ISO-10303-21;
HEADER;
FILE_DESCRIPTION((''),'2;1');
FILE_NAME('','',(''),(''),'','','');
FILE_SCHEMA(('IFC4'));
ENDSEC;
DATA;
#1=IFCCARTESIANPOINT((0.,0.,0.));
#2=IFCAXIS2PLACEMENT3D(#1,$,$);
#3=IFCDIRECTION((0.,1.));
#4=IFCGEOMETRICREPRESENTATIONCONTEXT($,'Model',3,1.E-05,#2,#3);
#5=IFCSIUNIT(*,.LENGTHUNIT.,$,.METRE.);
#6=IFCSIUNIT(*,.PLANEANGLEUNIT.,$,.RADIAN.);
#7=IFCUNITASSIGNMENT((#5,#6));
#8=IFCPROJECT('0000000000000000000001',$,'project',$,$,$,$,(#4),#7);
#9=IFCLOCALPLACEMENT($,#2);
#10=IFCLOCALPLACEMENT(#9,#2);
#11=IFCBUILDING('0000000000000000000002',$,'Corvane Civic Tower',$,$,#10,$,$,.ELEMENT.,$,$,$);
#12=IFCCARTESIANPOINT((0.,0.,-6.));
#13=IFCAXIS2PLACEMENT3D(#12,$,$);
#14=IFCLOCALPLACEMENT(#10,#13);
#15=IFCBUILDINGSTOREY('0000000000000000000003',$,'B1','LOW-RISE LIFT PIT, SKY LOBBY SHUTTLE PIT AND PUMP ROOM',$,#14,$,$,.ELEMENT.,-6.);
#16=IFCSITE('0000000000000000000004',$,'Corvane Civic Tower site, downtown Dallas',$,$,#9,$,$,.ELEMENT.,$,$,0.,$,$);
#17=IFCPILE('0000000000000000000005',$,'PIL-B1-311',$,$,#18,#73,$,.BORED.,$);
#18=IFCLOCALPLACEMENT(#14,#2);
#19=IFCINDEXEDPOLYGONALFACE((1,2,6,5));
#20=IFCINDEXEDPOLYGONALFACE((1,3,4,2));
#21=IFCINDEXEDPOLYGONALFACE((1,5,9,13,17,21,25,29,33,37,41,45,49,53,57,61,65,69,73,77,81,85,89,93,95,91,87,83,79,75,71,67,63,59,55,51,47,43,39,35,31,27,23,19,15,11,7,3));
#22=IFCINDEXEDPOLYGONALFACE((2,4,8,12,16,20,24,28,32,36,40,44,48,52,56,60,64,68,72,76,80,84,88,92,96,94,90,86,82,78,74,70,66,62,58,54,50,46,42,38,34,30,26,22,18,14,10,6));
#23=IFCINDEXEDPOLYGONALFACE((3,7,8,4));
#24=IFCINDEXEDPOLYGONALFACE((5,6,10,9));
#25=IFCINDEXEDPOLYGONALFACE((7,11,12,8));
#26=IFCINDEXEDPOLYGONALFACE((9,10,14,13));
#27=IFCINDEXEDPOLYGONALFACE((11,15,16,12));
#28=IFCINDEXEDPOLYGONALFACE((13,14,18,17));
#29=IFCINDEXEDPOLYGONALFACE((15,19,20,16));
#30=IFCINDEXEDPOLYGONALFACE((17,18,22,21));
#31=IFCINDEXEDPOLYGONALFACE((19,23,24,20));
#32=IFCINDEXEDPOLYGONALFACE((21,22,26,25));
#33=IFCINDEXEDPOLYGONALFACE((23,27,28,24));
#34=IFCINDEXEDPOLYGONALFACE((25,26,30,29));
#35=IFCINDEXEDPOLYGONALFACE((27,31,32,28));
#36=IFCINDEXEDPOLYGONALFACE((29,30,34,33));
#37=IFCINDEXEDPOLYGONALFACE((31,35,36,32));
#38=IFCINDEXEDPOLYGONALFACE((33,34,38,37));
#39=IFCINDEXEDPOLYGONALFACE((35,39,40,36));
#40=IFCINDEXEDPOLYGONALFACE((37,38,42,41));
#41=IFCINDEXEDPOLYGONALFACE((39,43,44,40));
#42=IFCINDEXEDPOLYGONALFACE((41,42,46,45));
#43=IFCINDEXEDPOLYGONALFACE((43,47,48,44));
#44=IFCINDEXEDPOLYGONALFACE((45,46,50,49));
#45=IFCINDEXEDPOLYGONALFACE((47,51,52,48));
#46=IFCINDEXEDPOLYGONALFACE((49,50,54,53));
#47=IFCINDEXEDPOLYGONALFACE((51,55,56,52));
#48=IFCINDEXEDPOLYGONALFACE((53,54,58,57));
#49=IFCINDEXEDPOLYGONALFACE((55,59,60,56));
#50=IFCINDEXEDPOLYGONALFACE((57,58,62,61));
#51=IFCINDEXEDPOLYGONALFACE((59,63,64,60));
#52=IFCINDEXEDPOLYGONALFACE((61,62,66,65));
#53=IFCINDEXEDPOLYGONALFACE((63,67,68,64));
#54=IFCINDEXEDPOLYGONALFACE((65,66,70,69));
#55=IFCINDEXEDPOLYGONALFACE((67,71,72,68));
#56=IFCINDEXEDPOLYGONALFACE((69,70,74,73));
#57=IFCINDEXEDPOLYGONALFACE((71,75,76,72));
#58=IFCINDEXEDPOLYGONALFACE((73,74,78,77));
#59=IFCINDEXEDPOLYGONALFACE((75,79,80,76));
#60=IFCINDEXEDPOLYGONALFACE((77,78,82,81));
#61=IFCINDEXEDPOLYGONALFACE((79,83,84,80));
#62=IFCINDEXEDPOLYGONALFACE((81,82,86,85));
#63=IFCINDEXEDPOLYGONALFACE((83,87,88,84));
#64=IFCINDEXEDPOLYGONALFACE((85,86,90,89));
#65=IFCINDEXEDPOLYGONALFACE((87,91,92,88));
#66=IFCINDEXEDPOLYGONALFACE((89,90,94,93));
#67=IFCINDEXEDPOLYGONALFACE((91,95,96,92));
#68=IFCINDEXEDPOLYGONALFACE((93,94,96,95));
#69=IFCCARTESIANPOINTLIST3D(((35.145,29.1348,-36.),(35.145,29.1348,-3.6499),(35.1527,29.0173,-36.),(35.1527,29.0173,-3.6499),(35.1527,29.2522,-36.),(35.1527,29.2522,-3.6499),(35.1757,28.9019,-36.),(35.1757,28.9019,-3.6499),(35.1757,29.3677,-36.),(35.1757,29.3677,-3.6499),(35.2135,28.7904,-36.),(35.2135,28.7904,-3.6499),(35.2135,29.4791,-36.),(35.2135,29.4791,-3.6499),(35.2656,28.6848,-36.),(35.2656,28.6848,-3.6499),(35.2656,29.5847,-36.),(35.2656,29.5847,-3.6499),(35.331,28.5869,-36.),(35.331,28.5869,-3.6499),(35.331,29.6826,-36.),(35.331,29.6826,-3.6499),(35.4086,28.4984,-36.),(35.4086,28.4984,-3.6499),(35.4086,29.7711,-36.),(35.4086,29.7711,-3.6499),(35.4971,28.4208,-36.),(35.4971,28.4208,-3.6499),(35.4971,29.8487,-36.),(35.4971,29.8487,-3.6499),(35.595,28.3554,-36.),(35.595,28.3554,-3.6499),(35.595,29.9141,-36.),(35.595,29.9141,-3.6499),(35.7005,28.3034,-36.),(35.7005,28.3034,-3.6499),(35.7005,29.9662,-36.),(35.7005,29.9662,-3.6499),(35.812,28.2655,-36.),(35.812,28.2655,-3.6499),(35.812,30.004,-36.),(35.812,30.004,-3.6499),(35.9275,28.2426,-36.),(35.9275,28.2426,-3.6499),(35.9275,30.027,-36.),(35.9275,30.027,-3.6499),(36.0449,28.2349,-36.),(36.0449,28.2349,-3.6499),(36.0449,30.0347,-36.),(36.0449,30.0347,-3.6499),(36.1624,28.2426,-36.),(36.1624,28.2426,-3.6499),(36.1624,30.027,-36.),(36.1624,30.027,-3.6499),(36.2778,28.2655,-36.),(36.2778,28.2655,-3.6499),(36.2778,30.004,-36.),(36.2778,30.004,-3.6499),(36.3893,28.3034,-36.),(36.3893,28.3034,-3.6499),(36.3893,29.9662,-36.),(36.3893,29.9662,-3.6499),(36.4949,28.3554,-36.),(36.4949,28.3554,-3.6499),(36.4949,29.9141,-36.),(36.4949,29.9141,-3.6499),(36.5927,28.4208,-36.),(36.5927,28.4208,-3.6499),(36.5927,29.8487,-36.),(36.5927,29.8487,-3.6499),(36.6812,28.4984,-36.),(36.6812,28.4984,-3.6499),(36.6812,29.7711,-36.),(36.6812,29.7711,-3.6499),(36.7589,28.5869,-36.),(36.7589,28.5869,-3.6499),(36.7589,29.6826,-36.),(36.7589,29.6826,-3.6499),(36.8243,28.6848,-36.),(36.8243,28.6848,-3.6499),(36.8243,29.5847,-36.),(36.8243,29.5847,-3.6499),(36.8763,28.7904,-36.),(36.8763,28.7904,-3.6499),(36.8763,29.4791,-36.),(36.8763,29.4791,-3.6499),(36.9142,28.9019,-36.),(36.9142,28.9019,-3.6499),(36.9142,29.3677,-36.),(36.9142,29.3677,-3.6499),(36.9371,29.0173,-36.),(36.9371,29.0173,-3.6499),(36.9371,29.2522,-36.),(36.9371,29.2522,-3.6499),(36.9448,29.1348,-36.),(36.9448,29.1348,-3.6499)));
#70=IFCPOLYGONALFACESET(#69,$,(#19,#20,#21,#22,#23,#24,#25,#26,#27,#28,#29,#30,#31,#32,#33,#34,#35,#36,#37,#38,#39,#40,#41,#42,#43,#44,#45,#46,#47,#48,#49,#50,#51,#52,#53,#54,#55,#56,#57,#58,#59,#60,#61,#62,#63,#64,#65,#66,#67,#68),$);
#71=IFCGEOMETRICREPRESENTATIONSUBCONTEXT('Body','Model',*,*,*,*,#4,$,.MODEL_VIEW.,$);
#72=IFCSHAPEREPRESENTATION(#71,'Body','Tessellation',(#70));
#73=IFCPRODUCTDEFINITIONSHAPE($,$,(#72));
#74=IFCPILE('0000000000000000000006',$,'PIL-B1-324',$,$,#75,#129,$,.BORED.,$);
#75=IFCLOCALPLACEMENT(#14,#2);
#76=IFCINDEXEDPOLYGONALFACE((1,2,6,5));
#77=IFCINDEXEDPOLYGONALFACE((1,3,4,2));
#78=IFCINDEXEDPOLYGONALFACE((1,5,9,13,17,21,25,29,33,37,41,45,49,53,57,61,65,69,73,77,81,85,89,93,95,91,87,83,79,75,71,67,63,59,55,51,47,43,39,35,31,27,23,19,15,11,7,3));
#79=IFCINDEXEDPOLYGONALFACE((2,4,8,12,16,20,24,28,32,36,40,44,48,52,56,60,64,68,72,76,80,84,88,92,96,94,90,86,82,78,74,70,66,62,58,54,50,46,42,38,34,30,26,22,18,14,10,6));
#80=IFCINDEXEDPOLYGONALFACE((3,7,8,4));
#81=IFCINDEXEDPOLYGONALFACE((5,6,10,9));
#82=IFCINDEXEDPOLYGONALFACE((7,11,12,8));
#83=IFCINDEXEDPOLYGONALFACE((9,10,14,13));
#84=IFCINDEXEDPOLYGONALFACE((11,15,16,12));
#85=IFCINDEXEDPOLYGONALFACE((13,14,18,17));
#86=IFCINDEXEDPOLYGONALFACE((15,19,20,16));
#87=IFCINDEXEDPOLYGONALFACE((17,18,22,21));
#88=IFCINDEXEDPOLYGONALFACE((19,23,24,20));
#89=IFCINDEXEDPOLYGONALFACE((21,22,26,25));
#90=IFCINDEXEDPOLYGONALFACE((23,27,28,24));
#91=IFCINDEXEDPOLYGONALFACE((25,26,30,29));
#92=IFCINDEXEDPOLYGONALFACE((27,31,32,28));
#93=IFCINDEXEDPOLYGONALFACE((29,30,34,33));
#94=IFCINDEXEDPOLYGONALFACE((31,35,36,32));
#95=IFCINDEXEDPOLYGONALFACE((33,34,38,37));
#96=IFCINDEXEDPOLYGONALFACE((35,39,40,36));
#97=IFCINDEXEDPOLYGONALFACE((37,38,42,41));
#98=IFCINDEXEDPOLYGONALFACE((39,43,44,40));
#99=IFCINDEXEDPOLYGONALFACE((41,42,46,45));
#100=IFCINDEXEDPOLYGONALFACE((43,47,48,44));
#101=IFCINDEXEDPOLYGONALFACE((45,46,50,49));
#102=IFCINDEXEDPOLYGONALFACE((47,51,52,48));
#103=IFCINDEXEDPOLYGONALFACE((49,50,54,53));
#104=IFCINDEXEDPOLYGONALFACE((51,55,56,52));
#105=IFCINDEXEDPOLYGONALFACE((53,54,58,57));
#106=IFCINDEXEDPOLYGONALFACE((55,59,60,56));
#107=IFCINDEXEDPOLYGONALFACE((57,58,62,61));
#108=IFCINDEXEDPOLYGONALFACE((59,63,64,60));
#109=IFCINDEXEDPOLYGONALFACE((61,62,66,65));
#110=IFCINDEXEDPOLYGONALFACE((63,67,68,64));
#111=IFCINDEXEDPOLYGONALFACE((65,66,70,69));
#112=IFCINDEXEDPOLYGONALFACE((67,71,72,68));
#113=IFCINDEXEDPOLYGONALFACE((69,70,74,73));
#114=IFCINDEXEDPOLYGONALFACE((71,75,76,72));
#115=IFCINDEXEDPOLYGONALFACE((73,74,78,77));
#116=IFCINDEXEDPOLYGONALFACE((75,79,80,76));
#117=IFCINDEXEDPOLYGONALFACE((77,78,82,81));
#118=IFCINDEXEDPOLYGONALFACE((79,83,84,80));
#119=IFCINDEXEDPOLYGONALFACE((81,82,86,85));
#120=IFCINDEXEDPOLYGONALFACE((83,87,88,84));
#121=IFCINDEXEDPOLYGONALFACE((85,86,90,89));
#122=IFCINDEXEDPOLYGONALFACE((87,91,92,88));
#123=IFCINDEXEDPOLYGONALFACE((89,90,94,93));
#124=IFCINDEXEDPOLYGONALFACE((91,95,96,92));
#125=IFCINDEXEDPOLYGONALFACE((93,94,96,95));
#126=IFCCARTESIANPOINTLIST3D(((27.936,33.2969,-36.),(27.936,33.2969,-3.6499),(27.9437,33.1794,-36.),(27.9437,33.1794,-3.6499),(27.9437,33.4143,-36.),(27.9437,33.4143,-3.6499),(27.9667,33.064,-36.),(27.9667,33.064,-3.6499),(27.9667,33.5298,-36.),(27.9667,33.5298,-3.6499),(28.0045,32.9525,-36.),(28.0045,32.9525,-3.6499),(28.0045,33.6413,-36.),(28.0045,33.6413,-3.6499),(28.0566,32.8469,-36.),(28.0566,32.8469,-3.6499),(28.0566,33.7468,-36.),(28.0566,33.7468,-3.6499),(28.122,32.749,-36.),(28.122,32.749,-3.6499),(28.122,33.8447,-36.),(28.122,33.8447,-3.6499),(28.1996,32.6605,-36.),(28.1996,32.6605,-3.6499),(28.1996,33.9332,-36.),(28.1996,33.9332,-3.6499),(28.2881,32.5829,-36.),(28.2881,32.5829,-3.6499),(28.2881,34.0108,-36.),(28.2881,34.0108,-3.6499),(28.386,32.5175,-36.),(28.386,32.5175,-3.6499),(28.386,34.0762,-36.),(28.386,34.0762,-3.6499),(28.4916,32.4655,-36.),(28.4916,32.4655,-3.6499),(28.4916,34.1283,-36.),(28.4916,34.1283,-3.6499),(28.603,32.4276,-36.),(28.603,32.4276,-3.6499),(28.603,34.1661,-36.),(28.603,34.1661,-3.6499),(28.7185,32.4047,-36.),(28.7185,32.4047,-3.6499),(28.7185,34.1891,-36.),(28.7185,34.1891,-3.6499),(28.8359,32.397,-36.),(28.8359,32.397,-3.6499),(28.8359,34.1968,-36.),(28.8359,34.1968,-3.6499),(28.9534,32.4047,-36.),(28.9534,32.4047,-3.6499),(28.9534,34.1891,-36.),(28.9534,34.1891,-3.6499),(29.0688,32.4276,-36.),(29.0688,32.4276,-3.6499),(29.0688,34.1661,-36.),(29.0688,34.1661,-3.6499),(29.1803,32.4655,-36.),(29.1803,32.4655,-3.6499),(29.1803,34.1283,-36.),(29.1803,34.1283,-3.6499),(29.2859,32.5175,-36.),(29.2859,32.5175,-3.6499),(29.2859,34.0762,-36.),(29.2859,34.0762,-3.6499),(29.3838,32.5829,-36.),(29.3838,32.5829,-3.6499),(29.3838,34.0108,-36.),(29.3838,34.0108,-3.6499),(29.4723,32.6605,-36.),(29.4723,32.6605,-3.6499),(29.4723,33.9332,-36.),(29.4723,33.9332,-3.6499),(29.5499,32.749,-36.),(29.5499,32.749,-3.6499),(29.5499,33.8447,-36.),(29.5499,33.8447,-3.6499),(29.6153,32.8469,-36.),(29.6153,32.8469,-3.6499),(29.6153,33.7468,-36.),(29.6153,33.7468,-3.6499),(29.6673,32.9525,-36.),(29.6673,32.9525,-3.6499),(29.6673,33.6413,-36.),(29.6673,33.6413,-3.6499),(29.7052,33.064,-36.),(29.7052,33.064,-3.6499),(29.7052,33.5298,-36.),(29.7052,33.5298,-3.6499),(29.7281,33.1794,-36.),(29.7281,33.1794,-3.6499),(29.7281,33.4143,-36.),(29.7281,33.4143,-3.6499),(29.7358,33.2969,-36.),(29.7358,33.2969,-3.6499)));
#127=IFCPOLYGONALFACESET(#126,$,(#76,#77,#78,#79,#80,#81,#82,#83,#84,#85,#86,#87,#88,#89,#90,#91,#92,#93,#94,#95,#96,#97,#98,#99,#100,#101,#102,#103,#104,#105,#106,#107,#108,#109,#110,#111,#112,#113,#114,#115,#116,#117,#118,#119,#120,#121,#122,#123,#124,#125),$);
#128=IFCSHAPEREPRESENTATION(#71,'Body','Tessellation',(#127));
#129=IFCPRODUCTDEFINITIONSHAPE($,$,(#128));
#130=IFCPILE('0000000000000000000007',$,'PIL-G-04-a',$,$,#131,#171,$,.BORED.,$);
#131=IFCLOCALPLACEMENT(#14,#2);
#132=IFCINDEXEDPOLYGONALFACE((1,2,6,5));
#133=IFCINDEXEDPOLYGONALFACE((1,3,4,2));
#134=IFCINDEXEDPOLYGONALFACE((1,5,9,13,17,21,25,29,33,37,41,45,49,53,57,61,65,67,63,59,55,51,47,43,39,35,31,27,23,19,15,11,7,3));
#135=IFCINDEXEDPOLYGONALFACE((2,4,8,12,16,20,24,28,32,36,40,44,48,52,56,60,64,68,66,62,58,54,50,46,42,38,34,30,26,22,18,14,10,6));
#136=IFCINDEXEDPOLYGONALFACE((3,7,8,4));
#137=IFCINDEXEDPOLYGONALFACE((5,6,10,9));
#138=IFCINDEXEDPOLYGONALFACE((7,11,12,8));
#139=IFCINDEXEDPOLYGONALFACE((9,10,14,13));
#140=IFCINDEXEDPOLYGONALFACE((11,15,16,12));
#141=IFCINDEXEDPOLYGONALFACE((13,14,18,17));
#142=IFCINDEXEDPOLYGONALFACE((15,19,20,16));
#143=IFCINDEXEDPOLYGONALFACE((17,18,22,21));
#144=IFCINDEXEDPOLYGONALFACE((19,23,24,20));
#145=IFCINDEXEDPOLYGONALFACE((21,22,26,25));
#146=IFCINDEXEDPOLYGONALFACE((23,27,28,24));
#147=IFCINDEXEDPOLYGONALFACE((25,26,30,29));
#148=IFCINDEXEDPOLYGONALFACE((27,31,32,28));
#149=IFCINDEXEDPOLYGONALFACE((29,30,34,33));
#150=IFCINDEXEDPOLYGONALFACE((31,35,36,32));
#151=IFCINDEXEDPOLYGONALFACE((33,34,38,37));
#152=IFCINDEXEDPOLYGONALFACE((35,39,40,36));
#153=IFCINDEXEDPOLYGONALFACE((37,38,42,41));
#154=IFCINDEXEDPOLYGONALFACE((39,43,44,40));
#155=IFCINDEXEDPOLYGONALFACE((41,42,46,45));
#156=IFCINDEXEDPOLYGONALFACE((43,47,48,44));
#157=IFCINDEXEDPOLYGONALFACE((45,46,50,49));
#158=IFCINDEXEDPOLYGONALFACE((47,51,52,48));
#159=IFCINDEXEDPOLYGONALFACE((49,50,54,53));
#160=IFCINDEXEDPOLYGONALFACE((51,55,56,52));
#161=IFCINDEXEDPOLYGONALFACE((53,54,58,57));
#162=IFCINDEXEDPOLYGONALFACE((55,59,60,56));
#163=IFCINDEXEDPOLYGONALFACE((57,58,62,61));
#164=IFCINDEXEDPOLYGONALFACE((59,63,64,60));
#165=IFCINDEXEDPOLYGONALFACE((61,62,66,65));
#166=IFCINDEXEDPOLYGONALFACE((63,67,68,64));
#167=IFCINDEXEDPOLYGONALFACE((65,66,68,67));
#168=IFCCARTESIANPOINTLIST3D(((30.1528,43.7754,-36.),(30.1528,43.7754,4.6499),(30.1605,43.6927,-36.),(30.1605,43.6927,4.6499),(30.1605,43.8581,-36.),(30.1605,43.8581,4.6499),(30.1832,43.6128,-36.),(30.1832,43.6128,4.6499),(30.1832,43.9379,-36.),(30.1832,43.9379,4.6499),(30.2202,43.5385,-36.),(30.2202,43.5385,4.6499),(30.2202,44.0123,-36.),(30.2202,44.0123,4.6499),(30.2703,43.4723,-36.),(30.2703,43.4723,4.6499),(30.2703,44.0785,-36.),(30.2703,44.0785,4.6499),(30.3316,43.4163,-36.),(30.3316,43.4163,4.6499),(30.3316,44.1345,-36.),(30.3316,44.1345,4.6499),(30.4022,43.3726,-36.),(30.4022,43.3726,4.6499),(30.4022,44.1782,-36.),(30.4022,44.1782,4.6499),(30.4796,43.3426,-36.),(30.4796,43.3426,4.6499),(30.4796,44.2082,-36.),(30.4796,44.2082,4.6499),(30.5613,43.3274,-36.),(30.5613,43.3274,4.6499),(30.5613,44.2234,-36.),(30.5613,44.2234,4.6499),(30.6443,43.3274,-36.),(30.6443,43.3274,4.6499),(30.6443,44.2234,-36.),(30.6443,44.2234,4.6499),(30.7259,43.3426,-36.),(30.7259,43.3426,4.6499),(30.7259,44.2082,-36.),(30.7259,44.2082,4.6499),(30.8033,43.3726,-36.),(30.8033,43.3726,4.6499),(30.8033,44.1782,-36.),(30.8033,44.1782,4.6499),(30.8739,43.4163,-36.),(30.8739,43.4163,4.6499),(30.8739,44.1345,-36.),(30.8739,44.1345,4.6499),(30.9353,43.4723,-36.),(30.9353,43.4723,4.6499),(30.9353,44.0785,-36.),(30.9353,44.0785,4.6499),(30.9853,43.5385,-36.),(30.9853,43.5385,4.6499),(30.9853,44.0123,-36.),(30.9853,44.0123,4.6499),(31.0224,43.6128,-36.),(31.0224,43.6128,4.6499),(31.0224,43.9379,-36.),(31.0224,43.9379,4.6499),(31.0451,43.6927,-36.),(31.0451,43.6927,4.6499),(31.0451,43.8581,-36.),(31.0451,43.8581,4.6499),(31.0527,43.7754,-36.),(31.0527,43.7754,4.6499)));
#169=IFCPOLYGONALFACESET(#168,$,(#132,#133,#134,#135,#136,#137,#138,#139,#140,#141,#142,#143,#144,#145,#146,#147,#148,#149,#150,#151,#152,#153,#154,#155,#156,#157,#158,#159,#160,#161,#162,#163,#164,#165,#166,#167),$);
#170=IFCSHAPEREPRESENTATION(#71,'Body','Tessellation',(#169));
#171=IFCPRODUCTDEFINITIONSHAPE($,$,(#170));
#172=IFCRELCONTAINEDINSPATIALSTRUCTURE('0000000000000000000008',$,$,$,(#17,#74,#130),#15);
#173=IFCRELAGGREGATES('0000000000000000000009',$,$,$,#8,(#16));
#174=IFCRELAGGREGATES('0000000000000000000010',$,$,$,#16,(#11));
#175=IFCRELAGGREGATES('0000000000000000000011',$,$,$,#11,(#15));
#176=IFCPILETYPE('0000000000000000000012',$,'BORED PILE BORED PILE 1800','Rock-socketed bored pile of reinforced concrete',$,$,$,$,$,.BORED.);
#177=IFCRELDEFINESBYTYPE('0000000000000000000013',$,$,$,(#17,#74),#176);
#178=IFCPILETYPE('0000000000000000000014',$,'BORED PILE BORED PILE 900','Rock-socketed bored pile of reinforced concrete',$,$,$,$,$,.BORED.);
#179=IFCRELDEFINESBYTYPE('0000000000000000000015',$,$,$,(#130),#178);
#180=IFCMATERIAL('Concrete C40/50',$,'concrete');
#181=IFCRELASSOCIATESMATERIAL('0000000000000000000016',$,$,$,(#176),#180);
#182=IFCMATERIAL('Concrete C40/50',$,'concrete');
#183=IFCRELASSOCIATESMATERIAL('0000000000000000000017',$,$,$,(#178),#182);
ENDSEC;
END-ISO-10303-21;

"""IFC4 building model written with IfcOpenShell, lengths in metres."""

from ifc_helpers import new_model, si_unit, direction, frame, origin, origin_2d, place, context, subcontext, project, spatial, circle, extrude, material, material_profile, profile_set, type_object, element, save


model = new_model("IFC4")

# Units and contexts
model_context = context("Model", 3, precision=1e-05, world=origin(), true_north=direction((0.0, 1.0)))
body_context = subcontext(model_context, "Body", "Model", "MODEL_VIEW")
ifc_project = project(units=[si_unit("LENGTHUNIT", "METRE"), si_unit("PLANEANGLEUNIT", "RADIAN")], contexts=[model_context])

# Site, building, storey
site_placement = place(None, origin())
site = spatial("IfcSite", under=ifc_project, at=site_placement, Name="Corvane Civic Tower site, downtown Dallas", CompositionType="ELEMENT", RefElevation=0.0)
building_placement = place(site_placement, origin())
building = spatial("IfcBuilding", under=site, at=building_placement, Name="Corvane Civic Tower", CompositionType="ELEMENT")
storey_placement = place(building_placement, frame((0.0, 0.0, -6.0)))
storey = spatial("IfcBuildingStorey", under=building, at=storey_placement, Name="B1", Description="LOW-RISE LIFT PIT, SKY LOBBY SHUTTLE PIT AND PUMP ROOM", CompositionType="ELEMENT", Elevation=-6.0)

# Piles
ifc_material_1 = material(Name="Concrete C40/50", Category="concrete")
ifc_material_profile_1 = material_profile(ifc_material_1, circle(Radius=0.8999, at=origin_2d()), Name="BORED PILE 1800")
ifc_profile_set_1 = profile_set([ifc_material_profile_1], Name="Concrete C40/50")
pile_type_1 = type_object("IfcPileType", Name="BORED PILE BORED PILE 1800", Description="Rock-socketed bored pile of reinforced concrete", PredefinedType="BORED", material=ifc_profile_set_1)
for number, where, z_axis, x_axis, name in (
    (1, (36.0449, 29.1348, -3.6499), (0.0, 0.0, -1.0), (1.0, 0.0, 0.0), "PIL-B1-311"),
    (2, (28.8359, 33.2969, -3.6499), (0.0, 0.0, -1.0), (1.0, 0.0, 0.0), "PIL-B1-324"),
):
    element("IfcPile", number, at=place(storey_placement, frame(where, z_axis=z_axis, x_axis=x_axis)), inside=storey, type_object=pile_type_1, Name=name, PredefinedType="BORED", context=body_context, shape_type="SweptSolid", body=[
        extrude(circle(Radius=0.8999, at=origin_2d()), origin(), (0.0, 0.0, 1.0), 32.3501),
    ])
ifc_material_2 = material(Name="Concrete C40/50", Category="concrete")
ifc_material_profile_2 = material_profile(ifc_material_2, circle(Radius=0.45, at=origin_2d()), Name="BORED PILE 900")
ifc_profile_set_2 = profile_set([ifc_material_profile_2], Name="Concrete C40/50")
pile_type_2 = type_object("IfcPileType", Name="BORED PILE BORED PILE 900", Description="Rock-socketed bored pile of reinforced concrete", PredefinedType="BORED", material=ifc_profile_set_2)
for number, where, z_axis, x_axis, name in (
    (3, (30.6028, 43.7754, 4.6499), (0.0, 0.0, -1.0), (1.0, 0.0, 0.0), "PIL-G-04-a"),
):
    element("IfcPile", number, at=place(storey_placement, frame(where, z_axis=z_axis, x_axis=x_axis)), inside=storey, type_object=pile_type_2, Name=name, PredefinedType="BORED", context=body_context, shape_type="SweptSolid", body=[
        extrude(circle(Radius=0.45, at=origin_2d()), origin(), (0.0, 0.0, 1.0), 40.6499),
    ])

save(model, "model.ifc")
